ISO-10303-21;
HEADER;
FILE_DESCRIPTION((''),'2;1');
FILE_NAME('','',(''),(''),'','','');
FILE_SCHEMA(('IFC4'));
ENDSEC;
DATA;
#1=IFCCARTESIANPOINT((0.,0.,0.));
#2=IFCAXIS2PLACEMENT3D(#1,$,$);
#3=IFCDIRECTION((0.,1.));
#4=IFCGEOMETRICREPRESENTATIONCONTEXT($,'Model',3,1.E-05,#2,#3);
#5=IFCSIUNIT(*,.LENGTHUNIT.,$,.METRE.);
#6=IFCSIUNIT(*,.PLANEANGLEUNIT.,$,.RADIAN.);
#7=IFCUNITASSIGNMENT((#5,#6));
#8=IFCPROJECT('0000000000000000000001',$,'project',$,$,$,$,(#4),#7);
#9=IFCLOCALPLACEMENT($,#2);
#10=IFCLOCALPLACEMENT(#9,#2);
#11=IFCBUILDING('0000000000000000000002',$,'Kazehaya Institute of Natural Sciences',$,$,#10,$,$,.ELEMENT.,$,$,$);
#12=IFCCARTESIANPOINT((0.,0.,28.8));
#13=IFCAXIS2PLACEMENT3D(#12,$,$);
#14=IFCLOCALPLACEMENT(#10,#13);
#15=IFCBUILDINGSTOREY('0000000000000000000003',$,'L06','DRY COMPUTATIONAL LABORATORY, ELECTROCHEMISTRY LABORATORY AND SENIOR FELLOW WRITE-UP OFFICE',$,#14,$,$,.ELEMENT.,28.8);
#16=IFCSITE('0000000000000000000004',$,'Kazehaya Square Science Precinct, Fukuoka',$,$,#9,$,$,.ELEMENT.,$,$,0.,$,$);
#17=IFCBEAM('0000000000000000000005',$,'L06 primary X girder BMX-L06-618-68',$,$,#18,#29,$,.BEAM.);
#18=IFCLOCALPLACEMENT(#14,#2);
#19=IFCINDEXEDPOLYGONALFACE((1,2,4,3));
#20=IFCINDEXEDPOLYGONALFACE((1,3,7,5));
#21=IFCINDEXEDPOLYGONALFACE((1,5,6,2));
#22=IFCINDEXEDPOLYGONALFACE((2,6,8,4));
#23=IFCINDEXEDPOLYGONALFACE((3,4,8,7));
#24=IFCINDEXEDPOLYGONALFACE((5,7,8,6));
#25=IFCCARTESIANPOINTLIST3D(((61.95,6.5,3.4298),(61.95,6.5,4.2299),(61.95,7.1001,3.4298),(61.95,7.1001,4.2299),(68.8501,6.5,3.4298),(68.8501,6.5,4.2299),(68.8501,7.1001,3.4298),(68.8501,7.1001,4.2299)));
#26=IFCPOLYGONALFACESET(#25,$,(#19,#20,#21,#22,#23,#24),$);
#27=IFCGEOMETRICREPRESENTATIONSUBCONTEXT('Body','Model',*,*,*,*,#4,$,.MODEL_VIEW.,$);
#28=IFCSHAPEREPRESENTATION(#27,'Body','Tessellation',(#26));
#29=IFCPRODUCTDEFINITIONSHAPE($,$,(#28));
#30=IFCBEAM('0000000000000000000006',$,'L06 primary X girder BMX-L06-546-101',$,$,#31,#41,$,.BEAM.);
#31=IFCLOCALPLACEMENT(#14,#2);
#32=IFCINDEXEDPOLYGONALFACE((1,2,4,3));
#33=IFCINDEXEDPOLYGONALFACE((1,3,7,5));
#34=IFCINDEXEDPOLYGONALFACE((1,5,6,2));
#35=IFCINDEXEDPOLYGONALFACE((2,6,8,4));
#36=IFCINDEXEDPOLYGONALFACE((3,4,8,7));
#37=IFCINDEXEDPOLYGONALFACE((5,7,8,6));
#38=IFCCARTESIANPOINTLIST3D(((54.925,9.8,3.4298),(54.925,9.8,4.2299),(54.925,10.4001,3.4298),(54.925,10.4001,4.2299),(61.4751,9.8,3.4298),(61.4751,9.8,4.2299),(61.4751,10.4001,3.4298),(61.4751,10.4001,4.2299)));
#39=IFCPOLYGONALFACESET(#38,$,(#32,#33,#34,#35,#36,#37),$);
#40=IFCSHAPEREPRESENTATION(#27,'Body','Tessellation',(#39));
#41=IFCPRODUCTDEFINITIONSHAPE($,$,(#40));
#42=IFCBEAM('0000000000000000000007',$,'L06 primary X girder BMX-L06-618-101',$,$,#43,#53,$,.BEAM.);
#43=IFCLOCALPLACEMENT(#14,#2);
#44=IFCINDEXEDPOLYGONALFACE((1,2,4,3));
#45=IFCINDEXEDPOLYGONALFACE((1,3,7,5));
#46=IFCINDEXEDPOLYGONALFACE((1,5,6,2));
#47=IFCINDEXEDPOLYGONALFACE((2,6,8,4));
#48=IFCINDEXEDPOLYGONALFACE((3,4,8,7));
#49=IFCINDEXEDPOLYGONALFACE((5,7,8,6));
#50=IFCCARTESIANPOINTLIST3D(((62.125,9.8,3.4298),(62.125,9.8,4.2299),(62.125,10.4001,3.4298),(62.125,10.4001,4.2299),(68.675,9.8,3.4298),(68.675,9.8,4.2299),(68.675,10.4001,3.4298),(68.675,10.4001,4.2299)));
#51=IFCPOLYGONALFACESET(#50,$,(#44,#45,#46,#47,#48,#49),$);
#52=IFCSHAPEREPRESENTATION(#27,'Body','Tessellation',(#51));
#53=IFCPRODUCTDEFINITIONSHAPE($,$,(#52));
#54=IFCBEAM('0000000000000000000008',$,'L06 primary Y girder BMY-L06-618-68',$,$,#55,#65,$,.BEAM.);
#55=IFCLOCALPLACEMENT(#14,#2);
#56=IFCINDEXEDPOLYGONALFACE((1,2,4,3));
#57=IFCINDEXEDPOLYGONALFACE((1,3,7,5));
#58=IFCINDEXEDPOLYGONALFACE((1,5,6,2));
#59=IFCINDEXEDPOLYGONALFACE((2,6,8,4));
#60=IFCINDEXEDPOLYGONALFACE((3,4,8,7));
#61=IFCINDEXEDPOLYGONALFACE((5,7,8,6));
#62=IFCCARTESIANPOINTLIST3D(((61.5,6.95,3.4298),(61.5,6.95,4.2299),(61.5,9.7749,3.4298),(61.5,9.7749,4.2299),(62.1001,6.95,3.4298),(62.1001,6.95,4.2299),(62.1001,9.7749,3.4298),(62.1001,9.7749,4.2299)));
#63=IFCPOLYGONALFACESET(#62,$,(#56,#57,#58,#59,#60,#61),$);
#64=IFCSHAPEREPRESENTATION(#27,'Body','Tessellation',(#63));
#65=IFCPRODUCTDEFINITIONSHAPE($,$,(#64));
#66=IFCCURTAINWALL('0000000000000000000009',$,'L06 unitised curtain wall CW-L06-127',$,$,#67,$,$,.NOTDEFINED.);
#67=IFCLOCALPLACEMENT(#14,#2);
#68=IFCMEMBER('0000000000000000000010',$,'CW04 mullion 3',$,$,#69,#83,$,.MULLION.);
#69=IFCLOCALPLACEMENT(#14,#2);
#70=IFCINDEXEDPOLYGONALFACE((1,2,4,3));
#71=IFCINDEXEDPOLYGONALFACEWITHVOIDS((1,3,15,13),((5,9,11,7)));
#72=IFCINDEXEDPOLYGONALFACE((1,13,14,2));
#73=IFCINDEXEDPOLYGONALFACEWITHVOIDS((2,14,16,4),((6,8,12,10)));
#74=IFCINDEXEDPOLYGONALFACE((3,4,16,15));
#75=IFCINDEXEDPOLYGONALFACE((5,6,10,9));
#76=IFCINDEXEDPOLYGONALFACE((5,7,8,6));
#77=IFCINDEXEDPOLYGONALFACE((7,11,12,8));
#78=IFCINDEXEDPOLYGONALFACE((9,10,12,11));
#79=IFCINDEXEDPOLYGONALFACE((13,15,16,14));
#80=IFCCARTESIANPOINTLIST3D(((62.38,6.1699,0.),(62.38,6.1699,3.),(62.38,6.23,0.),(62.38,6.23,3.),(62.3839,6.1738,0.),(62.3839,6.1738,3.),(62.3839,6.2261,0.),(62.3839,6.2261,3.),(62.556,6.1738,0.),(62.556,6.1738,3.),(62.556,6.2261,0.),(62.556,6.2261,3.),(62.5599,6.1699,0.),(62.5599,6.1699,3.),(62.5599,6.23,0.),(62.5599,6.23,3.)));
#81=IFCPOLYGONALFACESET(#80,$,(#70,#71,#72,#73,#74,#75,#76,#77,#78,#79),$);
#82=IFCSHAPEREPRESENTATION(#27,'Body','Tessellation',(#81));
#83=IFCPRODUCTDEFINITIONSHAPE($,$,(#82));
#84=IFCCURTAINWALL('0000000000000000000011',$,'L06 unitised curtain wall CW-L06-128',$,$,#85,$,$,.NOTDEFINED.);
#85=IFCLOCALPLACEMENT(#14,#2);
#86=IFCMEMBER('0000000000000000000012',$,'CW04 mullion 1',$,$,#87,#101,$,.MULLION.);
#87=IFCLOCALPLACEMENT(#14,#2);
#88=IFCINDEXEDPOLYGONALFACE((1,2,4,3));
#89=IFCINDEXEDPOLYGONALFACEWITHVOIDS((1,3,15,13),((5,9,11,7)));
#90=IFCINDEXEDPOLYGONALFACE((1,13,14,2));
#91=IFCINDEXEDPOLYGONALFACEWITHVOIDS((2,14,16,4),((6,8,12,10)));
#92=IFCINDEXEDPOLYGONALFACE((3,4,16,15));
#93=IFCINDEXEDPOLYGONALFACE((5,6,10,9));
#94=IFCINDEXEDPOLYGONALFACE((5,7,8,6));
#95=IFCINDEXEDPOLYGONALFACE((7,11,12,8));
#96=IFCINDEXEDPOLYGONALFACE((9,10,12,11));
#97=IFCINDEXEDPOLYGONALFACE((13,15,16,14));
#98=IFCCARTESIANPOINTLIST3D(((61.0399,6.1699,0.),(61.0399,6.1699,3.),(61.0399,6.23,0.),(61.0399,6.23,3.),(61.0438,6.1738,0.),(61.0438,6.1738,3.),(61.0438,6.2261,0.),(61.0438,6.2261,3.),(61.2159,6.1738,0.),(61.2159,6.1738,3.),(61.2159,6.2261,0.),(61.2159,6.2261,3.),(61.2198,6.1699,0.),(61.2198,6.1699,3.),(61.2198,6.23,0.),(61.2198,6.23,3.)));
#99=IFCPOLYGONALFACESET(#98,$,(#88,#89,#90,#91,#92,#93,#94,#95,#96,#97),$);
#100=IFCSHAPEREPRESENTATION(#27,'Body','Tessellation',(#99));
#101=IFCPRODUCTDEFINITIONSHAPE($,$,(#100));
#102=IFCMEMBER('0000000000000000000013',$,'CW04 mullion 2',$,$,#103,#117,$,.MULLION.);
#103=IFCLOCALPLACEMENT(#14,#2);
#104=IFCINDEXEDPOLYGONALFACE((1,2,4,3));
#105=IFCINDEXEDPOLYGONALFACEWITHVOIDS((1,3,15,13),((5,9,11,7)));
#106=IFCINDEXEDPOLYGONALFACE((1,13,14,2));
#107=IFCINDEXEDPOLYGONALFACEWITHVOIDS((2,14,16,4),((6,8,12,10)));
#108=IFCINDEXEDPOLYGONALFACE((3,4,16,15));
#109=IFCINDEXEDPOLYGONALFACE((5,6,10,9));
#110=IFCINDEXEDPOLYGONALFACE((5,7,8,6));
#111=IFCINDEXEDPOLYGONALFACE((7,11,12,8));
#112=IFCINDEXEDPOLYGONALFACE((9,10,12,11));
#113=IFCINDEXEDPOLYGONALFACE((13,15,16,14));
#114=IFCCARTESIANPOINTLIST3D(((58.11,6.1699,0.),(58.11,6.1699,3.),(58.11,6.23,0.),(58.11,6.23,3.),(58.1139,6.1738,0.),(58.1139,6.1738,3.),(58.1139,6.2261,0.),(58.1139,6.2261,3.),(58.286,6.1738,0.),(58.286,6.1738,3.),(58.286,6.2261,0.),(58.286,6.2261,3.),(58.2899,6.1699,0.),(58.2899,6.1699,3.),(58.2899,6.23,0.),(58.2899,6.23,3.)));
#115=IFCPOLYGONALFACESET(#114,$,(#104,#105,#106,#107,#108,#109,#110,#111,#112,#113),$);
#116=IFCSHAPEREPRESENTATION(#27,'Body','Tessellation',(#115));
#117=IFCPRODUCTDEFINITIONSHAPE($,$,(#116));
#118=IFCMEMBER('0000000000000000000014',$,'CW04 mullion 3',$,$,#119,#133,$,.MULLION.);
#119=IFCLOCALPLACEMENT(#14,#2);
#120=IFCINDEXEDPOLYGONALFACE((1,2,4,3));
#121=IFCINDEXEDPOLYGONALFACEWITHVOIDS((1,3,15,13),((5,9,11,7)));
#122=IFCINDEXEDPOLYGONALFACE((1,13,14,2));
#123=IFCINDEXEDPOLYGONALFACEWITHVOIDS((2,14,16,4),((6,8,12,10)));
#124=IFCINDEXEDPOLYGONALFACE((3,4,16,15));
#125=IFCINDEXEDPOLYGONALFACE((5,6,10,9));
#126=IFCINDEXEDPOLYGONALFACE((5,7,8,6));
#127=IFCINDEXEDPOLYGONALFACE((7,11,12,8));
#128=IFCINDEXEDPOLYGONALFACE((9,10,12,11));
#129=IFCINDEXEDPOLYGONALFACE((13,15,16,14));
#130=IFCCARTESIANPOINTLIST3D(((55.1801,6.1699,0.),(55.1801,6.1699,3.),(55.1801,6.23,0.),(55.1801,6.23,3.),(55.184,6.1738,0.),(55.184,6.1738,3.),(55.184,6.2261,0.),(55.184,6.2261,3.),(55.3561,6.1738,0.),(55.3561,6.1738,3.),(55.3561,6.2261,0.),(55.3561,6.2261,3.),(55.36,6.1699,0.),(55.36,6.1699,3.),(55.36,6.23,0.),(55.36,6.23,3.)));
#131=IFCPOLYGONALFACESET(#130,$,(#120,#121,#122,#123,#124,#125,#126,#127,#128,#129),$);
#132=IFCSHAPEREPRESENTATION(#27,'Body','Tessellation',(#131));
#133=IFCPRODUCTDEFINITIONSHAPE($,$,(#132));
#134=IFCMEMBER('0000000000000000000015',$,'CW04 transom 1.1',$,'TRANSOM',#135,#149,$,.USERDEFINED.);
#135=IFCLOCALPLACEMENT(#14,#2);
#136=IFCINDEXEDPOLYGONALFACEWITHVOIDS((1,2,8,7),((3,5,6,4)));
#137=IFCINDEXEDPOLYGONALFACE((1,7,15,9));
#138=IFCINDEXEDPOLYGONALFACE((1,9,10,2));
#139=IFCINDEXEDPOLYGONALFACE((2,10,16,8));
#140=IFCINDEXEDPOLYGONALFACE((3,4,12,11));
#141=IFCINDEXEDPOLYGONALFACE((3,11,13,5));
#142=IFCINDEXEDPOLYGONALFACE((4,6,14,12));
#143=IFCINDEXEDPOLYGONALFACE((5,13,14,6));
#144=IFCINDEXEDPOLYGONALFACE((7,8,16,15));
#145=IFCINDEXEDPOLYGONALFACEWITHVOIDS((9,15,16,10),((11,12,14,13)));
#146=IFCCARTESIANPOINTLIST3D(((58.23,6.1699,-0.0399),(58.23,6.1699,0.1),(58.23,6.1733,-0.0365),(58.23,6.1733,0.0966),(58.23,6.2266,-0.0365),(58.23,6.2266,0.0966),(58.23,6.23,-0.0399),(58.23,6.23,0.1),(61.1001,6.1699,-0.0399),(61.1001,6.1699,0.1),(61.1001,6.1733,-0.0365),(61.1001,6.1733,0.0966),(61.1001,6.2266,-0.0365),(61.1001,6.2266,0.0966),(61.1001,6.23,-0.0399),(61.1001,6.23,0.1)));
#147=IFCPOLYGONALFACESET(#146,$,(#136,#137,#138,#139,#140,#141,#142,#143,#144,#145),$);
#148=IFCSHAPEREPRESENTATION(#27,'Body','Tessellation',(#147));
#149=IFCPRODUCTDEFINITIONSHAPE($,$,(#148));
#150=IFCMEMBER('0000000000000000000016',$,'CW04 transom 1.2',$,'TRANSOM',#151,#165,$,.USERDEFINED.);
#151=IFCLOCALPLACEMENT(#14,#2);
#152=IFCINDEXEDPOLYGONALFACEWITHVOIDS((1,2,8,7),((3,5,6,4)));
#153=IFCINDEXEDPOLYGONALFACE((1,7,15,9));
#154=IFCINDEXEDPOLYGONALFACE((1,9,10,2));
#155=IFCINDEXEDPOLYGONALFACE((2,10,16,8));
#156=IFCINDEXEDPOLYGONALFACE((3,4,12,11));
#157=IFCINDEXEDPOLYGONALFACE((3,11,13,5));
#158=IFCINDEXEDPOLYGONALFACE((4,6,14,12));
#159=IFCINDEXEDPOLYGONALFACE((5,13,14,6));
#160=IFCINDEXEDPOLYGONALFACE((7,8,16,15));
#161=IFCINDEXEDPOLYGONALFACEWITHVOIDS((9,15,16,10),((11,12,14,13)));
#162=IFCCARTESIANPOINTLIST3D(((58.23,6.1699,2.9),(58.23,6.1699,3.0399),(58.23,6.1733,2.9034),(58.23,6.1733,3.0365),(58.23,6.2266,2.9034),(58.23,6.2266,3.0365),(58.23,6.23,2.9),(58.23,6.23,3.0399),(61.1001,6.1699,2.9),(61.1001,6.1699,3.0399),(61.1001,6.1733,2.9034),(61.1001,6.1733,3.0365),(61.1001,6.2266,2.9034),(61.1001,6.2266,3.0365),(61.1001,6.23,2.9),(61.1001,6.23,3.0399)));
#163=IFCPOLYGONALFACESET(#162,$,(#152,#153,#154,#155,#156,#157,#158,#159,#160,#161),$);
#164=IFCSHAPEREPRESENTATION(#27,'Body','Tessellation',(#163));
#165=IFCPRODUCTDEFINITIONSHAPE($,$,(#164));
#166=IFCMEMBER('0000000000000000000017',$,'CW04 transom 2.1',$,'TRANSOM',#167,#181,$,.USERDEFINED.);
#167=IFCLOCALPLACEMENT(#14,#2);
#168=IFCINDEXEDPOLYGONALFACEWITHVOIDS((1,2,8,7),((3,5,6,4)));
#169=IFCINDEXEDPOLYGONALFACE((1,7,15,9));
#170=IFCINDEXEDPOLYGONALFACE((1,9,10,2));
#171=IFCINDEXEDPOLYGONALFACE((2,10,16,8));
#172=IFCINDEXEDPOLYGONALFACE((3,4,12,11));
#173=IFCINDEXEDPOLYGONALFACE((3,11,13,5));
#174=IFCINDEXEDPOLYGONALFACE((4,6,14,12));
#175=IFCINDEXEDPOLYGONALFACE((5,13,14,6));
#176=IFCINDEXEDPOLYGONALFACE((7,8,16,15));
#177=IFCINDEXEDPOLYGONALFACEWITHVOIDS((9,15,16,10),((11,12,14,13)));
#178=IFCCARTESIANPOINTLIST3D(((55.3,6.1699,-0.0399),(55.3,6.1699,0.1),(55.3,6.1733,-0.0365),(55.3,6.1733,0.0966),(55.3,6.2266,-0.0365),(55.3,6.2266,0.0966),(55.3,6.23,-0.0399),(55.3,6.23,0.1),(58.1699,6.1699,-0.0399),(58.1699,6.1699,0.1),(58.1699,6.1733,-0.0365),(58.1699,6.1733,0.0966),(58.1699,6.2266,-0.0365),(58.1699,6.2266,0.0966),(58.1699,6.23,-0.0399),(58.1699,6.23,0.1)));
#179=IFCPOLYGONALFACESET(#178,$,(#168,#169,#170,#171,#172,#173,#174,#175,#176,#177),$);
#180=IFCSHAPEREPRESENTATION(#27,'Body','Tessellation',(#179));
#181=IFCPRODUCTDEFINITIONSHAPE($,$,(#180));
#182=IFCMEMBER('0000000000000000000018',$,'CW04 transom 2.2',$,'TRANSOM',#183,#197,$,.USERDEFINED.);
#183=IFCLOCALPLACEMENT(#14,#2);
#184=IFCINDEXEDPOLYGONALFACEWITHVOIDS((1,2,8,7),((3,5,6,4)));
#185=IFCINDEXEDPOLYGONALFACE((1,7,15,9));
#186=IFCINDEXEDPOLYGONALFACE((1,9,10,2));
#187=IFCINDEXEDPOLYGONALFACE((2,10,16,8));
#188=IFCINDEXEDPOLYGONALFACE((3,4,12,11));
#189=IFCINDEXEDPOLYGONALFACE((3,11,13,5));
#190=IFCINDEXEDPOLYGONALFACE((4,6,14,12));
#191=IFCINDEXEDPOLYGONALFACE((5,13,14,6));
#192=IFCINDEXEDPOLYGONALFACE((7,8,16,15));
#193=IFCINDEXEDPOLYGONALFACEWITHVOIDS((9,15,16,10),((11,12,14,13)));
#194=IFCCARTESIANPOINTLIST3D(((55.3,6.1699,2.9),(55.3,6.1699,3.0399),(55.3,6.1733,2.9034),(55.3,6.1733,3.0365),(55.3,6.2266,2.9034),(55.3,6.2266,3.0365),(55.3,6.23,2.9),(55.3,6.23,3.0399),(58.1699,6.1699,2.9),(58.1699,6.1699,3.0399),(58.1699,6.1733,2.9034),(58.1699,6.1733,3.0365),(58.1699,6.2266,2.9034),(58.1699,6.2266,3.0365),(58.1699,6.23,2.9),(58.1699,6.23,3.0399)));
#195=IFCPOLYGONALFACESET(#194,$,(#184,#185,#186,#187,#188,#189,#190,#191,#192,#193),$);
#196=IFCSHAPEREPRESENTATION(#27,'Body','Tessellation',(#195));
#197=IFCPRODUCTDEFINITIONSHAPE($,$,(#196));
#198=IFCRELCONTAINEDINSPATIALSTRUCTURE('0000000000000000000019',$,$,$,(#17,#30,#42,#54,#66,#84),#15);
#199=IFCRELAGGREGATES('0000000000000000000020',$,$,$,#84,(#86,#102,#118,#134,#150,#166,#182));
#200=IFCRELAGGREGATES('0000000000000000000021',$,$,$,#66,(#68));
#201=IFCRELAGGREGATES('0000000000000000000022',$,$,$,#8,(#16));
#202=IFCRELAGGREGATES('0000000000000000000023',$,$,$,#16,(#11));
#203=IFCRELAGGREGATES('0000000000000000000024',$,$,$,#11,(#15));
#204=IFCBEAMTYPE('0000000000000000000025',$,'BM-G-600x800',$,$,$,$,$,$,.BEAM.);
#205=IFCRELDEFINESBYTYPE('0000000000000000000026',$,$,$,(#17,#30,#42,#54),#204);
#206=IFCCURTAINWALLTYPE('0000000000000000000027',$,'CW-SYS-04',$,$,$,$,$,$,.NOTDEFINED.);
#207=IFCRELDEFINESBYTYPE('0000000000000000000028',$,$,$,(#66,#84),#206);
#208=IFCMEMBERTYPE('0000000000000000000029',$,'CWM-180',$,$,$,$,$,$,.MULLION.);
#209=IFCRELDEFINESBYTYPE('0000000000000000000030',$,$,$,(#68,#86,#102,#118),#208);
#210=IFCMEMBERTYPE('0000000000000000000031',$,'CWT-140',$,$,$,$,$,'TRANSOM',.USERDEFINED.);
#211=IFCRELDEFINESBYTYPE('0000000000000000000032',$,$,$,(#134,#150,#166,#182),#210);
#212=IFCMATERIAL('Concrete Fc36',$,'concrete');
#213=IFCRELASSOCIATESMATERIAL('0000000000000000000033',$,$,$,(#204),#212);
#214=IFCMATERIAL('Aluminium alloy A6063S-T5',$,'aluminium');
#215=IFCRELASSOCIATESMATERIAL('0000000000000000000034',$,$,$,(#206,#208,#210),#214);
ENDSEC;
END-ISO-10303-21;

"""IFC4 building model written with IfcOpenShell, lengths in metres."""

from ifc_helpers import new_model, si_unit, direction, frame, origin, origin_2d, place, context, subcontext, project, spatial, rectangle, hollow_rectangle, extrude, material, material_profile, profile_set, type_object, element, aggregate, save


model = new_model("IFC4")

# Units and contexts
model_context = context("Model", 3, precision=1e-05, world=origin(), true_north=direction((0.0, 1.0)))
body_context = subcontext(model_context, "Body", "Model", "MODEL_VIEW")
ifc_project = project(units=[si_unit("LENGTHUNIT", "METRE"), si_unit("PLANEANGLEUNIT", "RADIAN")], contexts=[model_context])

# Site, building, storey
site_placement = place(None, origin())
site = spatial("IfcSite", under=ifc_project, at=site_placement, Name="Kazehaya Square Science Precinct, Fukuoka", CompositionType="ELEMENT", RefElevation=0.0)
building_placement = place(site_placement, origin())
building = spatial("IfcBuilding", under=site, at=building_placement, Name="Kazehaya Institute of Natural Sciences", CompositionType="ELEMENT")
storey_placement = place(building_placement, frame((0.0, 0.0, 28.8)))
storey = spatial("IfcBuildingStorey", under=building, at=storey_placement, Name="L06", Description="DRY COMPUTATIONAL LABORATORY, ELECTROCHEMISTRY LABORATORY AND SENIOR FELLOW WRITE-UP OFFICE", CompositionType="ELEMENT", Elevation=28.8)

# Shared definitions
ifc_material_1 = material(Name="Concrete Fc36", Category="concrete")

# Beams
ifc_material_profile_1 = material_profile(ifc_material_1, rectangle(XDim=0.6001, YDim=0.8, at=origin_2d()), Name="RC-600x800")
ifc_profile_set_1 = profile_set([ifc_material_profile_1], Name="Concrete Fc36")
beam_type = type_object("IfcBeamType", Name="BM-G-600x800", PredefinedType="BEAM", material=ifc_profile_set_1)
beam_1_placement = place(storey_placement, frame((61.95, 6.8, 3.8298), z_axis=(1.0, 0.0, 0.0), x_axis=(0.0, 1.0, 0.0)))
element("IfcBeam", 1, at=beam_1_placement, inside=storey, type_object=beam_type, Name="L06 primary X girder BMX-L06-618-68", PredefinedType="BEAM", context=body_context, shape_type="SweptSolid", body=[
    extrude(rectangle(XDim=0.6001, YDim=0.8, at=origin_2d()), origin(), (0.0, 0.0, 1.0), 6.9001),
])
for number, where, z_axis, x_axis, name in (
    (2, (54.925, 10.1001, 3.8298), (1.0, 0.0, 0.0), (0.0, 1.0, 0.0), "L06 primary X girder BMX-L06-546-101"),
    (3, (62.125, 10.1001, 3.8298), (1.0, 0.0, 0.0), (0.0, 1.0, 0.0), "L06 primary X girder BMX-L06-618-101"),
):
    element("IfcBeam", number, at=place(storey_placement, frame(where, z_axis=z_axis, x_axis=x_axis)), inside=storey, type_object=beam_type, Name=name, PredefinedType="BEAM", context=body_context, shape_type="SweptSolid", body=[
        extrude(rectangle(XDim=0.6001, YDim=0.8, at=origin_2d()), origin(), (0.0, 0.0, 1.0), 6.55),
    ])
beam_2_placement = place(storey_placement, frame((61.8, 6.95, 3.8298), z_axis=(0.0, 1.0, 0.0), x_axis=(-1.0, 0.0, 0.0)))
element("IfcBeam", 4, at=beam_2_placement, inside=storey, type_object=beam_type, Name="L06 primary Y girder BMY-L06-618-68", PredefinedType="BEAM", context=body_context, shape_type="SweptSolid", body=[
    extrude(rectangle(XDim=0.6001, YDim=0.8, at=origin_2d()), origin(), (0.0, 0.0, 1.0), 2.825),
])

# Curtain wall, member
ifc_material_2 = material(Name="Aluminium alloy A6063S-T5", Category="aluminium")
curtain_wall_type = type_object("IfcCurtainWallType", Name="CW-SYS-04", PredefinedType="NOTDEFINED", material=ifc_material_2)
curtain_wall_1_placement = place(storey_placement, origin())
curtain_wall_1 = element("IfcCurtainWall", 5, at=curtain_wall_1_placement, inside=storey, type_object=curtain_wall_type, Name="L06 unitised curtain wall CW-L06-127", PredefinedType="NOTDEFINED")
ifc_material_profile_2 = material_profile(ifc_material_2, hollow_rectangle(XDim=0.0601, YDim=0.1799, WallThickness=0.0039, at=origin_2d()), Name="ALU-60x180x4")
ifc_profile_set_2 = profile_set([ifc_material_profile_2], Name="Aluminium alloy A6063S-T5")
member_type_1 = type_object("IfcMemberType", Name="CWM-180", PredefinedType="MULLION", material=ifc_profile_set_2)
member_1_placement = place(storey_placement, frame((62.47, 6.2, 0.0), z_axis=(0.0, 0.0, 1.0), x_axis=(0.0, -1.0, 0.0)))
member_1 = element("IfcMember", 6, at=member_1_placement, type_object=member_type_1, Name="CW04 mullion 3", PredefinedType="MULLION", context=body_context, shape_type="SweptSolid", body=[
    extrude(hollow_rectangle(XDim=0.0601, YDim=0.1799, WallThickness=0.0039, at=origin_2d()), origin(), (0.0, 0.0, 1.0), 3.0),
])

# Curtain wall, members
curtain_wall_2_placement = place(storey_placement, origin())
curtain_wall_2 = element("IfcCurtainWall", 7, at=curtain_wall_2_placement, inside=storey, type_object=curtain_wall_type, Name="L06 unitised curtain wall CW-L06-128", PredefinedType="NOTDEFINED")
member_2_placement = place(storey_placement, frame((61.1299, 6.2, 0.0), z_axis=(0.0, 0.0, 1.0), x_axis=(0.0, -1.0, 0.0)))
member_2 = element("IfcMember", 8, at=member_2_placement, type_object=member_type_1, Name="CW04 mullion 1", PredefinedType="MULLION", context=body_context, shape_type="SweptSolid", body=[
    extrude(hollow_rectangle(XDim=0.0601, YDim=0.1799, WallThickness=0.0039, at=origin_2d()), origin(), (0.0, 0.0, 1.0), 3.0),
])
member_3_placement = place(storey_placement, frame((58.2, 6.2, 0.0), z_axis=(0.0, 0.0, 1.0), x_axis=(0.0, -1.0, 0.0)))
member_3 = element("IfcMember", 9, at=member_3_placement, type_object=member_type_1, Name="CW04 mullion 2", PredefinedType="MULLION", context=body_context, shape_type="SweptSolid", body=[
    extrude(hollow_rectangle(XDim=0.0601, YDim=0.1799, WallThickness=0.0039, at=origin_2d()), origin(), (0.0, 0.0, 1.0), 3.0),
])
member_4_placement = place(storey_placement, frame((55.27, 6.2, 0.0), z_axis=(0.0, 0.0, 1.0), x_axis=(0.0, -1.0, 0.0)))
member_4 = element("IfcMember", 10, at=member_4_placement, type_object=member_type_1, Name="CW04 mullion 3", PredefinedType="MULLION", context=body_context, shape_type="SweptSolid", body=[
    extrude(hollow_rectangle(XDim=0.0601, YDim=0.1799, WallThickness=0.0039, at=origin_2d()), origin(), (0.0, 0.0, 1.0), 3.0),
])
ifc_material_profile_3 = material_profile(ifc_material_2, hollow_rectangle(XDim=0.0601, YDim=0.1399, WallThickness=0.0034, at=origin_2d()), Name="ALU-60x140x3.5")
ifc_profile_set_3 = profile_set([ifc_material_profile_3], Name="Aluminium alloy A6063S-T5")
member_type_2 = type_object("IfcMemberType", Name="CWT-140", ElementType="TRANSOM", PredefinedType="USERDEFINED", material=ifc_profile_set_3)
member_5_placement = place(storey_placement, frame((61.1001, 6.2, 0.03), z_axis=(-1.0, 0.0, 0.0), x_axis=(0.0, -1.0, 0.0)))
member_5 = element("IfcMember", 11, at=member_5_placement, type_object=member_type_2, Name="CW04 transom 1.1", ObjectType="TRANSOM", PredefinedType="USERDEFINED", context=body_context, shape_type="SweptSolid", body=[
    extrude(hollow_rectangle(XDim=0.0601, YDim=0.1399, WallThickness=0.0034, at=origin_2d()), origin(), (0.0, 0.0, 1.0), 2.8701),
])
member_6_placement = place(storey_placement, frame((61.1001, 6.2, 2.97), z_axis=(-1.0, 0.0, 0.0), x_axis=(0.0, -1.0, 0.0)))
member_6 = element("IfcMember", 12, at=member_6_placement, type_object=member_type_2, Name="CW04 transom 1.2", ObjectType="TRANSOM", PredefinedType="USERDEFINED", context=body_context, shape_type="SweptSolid", body=[
    extrude(hollow_rectangle(XDim=0.0601, YDim=0.1399, WallThickness=0.0034, at=origin_2d()), origin(), (0.0, 0.0, 1.0), 2.8701),
])
member_7_placement = place(storey_placement, frame((58.1699, 6.2, 0.03), z_axis=(-1.0, 0.0, 0.0), x_axis=(0.0, -1.0, 0.0)))
member_7 = element("IfcMember", 13, at=member_7_placement, type_object=member_type_2, Name="CW04 transom 2.1", ObjectType="TRANSOM", PredefinedType="USERDEFINED", context=body_context, shape_type="SweptSolid", body=[
    extrude(hollow_rectangle(XDim=0.0601, YDim=0.1399, WallThickness=0.0034, at=origin_2d()), origin(), (0.0, 0.0, 1.0), 2.8699),
])
member_8_placement = place(storey_placement, frame((58.1699, 6.2, 2.97), z_axis=(-1.0, 0.0, 0.0), x_axis=(0.0, -1.0, 0.0)))
member_8 = element("IfcMember", 14, at=member_8_placement, type_object=member_type_2, Name="CW04 transom 2.2", ObjectType="TRANSOM", PredefinedType="USERDEFINED", context=body_context, shape_type="SweptSolid", body=[
    extrude(hollow_rectangle(XDim=0.0601, YDim=0.1399, WallThickness=0.0034, at=origin_2d()), origin(), (0.0, 0.0, 1.0), 2.8699),
])
aggregate(curtain_wall_2, [member_2, member_3, member_4, member_5, member_6, member_7, member_8])

aggregate(curtain_wall_1, [member_1])

save(model, "model.ifc")
